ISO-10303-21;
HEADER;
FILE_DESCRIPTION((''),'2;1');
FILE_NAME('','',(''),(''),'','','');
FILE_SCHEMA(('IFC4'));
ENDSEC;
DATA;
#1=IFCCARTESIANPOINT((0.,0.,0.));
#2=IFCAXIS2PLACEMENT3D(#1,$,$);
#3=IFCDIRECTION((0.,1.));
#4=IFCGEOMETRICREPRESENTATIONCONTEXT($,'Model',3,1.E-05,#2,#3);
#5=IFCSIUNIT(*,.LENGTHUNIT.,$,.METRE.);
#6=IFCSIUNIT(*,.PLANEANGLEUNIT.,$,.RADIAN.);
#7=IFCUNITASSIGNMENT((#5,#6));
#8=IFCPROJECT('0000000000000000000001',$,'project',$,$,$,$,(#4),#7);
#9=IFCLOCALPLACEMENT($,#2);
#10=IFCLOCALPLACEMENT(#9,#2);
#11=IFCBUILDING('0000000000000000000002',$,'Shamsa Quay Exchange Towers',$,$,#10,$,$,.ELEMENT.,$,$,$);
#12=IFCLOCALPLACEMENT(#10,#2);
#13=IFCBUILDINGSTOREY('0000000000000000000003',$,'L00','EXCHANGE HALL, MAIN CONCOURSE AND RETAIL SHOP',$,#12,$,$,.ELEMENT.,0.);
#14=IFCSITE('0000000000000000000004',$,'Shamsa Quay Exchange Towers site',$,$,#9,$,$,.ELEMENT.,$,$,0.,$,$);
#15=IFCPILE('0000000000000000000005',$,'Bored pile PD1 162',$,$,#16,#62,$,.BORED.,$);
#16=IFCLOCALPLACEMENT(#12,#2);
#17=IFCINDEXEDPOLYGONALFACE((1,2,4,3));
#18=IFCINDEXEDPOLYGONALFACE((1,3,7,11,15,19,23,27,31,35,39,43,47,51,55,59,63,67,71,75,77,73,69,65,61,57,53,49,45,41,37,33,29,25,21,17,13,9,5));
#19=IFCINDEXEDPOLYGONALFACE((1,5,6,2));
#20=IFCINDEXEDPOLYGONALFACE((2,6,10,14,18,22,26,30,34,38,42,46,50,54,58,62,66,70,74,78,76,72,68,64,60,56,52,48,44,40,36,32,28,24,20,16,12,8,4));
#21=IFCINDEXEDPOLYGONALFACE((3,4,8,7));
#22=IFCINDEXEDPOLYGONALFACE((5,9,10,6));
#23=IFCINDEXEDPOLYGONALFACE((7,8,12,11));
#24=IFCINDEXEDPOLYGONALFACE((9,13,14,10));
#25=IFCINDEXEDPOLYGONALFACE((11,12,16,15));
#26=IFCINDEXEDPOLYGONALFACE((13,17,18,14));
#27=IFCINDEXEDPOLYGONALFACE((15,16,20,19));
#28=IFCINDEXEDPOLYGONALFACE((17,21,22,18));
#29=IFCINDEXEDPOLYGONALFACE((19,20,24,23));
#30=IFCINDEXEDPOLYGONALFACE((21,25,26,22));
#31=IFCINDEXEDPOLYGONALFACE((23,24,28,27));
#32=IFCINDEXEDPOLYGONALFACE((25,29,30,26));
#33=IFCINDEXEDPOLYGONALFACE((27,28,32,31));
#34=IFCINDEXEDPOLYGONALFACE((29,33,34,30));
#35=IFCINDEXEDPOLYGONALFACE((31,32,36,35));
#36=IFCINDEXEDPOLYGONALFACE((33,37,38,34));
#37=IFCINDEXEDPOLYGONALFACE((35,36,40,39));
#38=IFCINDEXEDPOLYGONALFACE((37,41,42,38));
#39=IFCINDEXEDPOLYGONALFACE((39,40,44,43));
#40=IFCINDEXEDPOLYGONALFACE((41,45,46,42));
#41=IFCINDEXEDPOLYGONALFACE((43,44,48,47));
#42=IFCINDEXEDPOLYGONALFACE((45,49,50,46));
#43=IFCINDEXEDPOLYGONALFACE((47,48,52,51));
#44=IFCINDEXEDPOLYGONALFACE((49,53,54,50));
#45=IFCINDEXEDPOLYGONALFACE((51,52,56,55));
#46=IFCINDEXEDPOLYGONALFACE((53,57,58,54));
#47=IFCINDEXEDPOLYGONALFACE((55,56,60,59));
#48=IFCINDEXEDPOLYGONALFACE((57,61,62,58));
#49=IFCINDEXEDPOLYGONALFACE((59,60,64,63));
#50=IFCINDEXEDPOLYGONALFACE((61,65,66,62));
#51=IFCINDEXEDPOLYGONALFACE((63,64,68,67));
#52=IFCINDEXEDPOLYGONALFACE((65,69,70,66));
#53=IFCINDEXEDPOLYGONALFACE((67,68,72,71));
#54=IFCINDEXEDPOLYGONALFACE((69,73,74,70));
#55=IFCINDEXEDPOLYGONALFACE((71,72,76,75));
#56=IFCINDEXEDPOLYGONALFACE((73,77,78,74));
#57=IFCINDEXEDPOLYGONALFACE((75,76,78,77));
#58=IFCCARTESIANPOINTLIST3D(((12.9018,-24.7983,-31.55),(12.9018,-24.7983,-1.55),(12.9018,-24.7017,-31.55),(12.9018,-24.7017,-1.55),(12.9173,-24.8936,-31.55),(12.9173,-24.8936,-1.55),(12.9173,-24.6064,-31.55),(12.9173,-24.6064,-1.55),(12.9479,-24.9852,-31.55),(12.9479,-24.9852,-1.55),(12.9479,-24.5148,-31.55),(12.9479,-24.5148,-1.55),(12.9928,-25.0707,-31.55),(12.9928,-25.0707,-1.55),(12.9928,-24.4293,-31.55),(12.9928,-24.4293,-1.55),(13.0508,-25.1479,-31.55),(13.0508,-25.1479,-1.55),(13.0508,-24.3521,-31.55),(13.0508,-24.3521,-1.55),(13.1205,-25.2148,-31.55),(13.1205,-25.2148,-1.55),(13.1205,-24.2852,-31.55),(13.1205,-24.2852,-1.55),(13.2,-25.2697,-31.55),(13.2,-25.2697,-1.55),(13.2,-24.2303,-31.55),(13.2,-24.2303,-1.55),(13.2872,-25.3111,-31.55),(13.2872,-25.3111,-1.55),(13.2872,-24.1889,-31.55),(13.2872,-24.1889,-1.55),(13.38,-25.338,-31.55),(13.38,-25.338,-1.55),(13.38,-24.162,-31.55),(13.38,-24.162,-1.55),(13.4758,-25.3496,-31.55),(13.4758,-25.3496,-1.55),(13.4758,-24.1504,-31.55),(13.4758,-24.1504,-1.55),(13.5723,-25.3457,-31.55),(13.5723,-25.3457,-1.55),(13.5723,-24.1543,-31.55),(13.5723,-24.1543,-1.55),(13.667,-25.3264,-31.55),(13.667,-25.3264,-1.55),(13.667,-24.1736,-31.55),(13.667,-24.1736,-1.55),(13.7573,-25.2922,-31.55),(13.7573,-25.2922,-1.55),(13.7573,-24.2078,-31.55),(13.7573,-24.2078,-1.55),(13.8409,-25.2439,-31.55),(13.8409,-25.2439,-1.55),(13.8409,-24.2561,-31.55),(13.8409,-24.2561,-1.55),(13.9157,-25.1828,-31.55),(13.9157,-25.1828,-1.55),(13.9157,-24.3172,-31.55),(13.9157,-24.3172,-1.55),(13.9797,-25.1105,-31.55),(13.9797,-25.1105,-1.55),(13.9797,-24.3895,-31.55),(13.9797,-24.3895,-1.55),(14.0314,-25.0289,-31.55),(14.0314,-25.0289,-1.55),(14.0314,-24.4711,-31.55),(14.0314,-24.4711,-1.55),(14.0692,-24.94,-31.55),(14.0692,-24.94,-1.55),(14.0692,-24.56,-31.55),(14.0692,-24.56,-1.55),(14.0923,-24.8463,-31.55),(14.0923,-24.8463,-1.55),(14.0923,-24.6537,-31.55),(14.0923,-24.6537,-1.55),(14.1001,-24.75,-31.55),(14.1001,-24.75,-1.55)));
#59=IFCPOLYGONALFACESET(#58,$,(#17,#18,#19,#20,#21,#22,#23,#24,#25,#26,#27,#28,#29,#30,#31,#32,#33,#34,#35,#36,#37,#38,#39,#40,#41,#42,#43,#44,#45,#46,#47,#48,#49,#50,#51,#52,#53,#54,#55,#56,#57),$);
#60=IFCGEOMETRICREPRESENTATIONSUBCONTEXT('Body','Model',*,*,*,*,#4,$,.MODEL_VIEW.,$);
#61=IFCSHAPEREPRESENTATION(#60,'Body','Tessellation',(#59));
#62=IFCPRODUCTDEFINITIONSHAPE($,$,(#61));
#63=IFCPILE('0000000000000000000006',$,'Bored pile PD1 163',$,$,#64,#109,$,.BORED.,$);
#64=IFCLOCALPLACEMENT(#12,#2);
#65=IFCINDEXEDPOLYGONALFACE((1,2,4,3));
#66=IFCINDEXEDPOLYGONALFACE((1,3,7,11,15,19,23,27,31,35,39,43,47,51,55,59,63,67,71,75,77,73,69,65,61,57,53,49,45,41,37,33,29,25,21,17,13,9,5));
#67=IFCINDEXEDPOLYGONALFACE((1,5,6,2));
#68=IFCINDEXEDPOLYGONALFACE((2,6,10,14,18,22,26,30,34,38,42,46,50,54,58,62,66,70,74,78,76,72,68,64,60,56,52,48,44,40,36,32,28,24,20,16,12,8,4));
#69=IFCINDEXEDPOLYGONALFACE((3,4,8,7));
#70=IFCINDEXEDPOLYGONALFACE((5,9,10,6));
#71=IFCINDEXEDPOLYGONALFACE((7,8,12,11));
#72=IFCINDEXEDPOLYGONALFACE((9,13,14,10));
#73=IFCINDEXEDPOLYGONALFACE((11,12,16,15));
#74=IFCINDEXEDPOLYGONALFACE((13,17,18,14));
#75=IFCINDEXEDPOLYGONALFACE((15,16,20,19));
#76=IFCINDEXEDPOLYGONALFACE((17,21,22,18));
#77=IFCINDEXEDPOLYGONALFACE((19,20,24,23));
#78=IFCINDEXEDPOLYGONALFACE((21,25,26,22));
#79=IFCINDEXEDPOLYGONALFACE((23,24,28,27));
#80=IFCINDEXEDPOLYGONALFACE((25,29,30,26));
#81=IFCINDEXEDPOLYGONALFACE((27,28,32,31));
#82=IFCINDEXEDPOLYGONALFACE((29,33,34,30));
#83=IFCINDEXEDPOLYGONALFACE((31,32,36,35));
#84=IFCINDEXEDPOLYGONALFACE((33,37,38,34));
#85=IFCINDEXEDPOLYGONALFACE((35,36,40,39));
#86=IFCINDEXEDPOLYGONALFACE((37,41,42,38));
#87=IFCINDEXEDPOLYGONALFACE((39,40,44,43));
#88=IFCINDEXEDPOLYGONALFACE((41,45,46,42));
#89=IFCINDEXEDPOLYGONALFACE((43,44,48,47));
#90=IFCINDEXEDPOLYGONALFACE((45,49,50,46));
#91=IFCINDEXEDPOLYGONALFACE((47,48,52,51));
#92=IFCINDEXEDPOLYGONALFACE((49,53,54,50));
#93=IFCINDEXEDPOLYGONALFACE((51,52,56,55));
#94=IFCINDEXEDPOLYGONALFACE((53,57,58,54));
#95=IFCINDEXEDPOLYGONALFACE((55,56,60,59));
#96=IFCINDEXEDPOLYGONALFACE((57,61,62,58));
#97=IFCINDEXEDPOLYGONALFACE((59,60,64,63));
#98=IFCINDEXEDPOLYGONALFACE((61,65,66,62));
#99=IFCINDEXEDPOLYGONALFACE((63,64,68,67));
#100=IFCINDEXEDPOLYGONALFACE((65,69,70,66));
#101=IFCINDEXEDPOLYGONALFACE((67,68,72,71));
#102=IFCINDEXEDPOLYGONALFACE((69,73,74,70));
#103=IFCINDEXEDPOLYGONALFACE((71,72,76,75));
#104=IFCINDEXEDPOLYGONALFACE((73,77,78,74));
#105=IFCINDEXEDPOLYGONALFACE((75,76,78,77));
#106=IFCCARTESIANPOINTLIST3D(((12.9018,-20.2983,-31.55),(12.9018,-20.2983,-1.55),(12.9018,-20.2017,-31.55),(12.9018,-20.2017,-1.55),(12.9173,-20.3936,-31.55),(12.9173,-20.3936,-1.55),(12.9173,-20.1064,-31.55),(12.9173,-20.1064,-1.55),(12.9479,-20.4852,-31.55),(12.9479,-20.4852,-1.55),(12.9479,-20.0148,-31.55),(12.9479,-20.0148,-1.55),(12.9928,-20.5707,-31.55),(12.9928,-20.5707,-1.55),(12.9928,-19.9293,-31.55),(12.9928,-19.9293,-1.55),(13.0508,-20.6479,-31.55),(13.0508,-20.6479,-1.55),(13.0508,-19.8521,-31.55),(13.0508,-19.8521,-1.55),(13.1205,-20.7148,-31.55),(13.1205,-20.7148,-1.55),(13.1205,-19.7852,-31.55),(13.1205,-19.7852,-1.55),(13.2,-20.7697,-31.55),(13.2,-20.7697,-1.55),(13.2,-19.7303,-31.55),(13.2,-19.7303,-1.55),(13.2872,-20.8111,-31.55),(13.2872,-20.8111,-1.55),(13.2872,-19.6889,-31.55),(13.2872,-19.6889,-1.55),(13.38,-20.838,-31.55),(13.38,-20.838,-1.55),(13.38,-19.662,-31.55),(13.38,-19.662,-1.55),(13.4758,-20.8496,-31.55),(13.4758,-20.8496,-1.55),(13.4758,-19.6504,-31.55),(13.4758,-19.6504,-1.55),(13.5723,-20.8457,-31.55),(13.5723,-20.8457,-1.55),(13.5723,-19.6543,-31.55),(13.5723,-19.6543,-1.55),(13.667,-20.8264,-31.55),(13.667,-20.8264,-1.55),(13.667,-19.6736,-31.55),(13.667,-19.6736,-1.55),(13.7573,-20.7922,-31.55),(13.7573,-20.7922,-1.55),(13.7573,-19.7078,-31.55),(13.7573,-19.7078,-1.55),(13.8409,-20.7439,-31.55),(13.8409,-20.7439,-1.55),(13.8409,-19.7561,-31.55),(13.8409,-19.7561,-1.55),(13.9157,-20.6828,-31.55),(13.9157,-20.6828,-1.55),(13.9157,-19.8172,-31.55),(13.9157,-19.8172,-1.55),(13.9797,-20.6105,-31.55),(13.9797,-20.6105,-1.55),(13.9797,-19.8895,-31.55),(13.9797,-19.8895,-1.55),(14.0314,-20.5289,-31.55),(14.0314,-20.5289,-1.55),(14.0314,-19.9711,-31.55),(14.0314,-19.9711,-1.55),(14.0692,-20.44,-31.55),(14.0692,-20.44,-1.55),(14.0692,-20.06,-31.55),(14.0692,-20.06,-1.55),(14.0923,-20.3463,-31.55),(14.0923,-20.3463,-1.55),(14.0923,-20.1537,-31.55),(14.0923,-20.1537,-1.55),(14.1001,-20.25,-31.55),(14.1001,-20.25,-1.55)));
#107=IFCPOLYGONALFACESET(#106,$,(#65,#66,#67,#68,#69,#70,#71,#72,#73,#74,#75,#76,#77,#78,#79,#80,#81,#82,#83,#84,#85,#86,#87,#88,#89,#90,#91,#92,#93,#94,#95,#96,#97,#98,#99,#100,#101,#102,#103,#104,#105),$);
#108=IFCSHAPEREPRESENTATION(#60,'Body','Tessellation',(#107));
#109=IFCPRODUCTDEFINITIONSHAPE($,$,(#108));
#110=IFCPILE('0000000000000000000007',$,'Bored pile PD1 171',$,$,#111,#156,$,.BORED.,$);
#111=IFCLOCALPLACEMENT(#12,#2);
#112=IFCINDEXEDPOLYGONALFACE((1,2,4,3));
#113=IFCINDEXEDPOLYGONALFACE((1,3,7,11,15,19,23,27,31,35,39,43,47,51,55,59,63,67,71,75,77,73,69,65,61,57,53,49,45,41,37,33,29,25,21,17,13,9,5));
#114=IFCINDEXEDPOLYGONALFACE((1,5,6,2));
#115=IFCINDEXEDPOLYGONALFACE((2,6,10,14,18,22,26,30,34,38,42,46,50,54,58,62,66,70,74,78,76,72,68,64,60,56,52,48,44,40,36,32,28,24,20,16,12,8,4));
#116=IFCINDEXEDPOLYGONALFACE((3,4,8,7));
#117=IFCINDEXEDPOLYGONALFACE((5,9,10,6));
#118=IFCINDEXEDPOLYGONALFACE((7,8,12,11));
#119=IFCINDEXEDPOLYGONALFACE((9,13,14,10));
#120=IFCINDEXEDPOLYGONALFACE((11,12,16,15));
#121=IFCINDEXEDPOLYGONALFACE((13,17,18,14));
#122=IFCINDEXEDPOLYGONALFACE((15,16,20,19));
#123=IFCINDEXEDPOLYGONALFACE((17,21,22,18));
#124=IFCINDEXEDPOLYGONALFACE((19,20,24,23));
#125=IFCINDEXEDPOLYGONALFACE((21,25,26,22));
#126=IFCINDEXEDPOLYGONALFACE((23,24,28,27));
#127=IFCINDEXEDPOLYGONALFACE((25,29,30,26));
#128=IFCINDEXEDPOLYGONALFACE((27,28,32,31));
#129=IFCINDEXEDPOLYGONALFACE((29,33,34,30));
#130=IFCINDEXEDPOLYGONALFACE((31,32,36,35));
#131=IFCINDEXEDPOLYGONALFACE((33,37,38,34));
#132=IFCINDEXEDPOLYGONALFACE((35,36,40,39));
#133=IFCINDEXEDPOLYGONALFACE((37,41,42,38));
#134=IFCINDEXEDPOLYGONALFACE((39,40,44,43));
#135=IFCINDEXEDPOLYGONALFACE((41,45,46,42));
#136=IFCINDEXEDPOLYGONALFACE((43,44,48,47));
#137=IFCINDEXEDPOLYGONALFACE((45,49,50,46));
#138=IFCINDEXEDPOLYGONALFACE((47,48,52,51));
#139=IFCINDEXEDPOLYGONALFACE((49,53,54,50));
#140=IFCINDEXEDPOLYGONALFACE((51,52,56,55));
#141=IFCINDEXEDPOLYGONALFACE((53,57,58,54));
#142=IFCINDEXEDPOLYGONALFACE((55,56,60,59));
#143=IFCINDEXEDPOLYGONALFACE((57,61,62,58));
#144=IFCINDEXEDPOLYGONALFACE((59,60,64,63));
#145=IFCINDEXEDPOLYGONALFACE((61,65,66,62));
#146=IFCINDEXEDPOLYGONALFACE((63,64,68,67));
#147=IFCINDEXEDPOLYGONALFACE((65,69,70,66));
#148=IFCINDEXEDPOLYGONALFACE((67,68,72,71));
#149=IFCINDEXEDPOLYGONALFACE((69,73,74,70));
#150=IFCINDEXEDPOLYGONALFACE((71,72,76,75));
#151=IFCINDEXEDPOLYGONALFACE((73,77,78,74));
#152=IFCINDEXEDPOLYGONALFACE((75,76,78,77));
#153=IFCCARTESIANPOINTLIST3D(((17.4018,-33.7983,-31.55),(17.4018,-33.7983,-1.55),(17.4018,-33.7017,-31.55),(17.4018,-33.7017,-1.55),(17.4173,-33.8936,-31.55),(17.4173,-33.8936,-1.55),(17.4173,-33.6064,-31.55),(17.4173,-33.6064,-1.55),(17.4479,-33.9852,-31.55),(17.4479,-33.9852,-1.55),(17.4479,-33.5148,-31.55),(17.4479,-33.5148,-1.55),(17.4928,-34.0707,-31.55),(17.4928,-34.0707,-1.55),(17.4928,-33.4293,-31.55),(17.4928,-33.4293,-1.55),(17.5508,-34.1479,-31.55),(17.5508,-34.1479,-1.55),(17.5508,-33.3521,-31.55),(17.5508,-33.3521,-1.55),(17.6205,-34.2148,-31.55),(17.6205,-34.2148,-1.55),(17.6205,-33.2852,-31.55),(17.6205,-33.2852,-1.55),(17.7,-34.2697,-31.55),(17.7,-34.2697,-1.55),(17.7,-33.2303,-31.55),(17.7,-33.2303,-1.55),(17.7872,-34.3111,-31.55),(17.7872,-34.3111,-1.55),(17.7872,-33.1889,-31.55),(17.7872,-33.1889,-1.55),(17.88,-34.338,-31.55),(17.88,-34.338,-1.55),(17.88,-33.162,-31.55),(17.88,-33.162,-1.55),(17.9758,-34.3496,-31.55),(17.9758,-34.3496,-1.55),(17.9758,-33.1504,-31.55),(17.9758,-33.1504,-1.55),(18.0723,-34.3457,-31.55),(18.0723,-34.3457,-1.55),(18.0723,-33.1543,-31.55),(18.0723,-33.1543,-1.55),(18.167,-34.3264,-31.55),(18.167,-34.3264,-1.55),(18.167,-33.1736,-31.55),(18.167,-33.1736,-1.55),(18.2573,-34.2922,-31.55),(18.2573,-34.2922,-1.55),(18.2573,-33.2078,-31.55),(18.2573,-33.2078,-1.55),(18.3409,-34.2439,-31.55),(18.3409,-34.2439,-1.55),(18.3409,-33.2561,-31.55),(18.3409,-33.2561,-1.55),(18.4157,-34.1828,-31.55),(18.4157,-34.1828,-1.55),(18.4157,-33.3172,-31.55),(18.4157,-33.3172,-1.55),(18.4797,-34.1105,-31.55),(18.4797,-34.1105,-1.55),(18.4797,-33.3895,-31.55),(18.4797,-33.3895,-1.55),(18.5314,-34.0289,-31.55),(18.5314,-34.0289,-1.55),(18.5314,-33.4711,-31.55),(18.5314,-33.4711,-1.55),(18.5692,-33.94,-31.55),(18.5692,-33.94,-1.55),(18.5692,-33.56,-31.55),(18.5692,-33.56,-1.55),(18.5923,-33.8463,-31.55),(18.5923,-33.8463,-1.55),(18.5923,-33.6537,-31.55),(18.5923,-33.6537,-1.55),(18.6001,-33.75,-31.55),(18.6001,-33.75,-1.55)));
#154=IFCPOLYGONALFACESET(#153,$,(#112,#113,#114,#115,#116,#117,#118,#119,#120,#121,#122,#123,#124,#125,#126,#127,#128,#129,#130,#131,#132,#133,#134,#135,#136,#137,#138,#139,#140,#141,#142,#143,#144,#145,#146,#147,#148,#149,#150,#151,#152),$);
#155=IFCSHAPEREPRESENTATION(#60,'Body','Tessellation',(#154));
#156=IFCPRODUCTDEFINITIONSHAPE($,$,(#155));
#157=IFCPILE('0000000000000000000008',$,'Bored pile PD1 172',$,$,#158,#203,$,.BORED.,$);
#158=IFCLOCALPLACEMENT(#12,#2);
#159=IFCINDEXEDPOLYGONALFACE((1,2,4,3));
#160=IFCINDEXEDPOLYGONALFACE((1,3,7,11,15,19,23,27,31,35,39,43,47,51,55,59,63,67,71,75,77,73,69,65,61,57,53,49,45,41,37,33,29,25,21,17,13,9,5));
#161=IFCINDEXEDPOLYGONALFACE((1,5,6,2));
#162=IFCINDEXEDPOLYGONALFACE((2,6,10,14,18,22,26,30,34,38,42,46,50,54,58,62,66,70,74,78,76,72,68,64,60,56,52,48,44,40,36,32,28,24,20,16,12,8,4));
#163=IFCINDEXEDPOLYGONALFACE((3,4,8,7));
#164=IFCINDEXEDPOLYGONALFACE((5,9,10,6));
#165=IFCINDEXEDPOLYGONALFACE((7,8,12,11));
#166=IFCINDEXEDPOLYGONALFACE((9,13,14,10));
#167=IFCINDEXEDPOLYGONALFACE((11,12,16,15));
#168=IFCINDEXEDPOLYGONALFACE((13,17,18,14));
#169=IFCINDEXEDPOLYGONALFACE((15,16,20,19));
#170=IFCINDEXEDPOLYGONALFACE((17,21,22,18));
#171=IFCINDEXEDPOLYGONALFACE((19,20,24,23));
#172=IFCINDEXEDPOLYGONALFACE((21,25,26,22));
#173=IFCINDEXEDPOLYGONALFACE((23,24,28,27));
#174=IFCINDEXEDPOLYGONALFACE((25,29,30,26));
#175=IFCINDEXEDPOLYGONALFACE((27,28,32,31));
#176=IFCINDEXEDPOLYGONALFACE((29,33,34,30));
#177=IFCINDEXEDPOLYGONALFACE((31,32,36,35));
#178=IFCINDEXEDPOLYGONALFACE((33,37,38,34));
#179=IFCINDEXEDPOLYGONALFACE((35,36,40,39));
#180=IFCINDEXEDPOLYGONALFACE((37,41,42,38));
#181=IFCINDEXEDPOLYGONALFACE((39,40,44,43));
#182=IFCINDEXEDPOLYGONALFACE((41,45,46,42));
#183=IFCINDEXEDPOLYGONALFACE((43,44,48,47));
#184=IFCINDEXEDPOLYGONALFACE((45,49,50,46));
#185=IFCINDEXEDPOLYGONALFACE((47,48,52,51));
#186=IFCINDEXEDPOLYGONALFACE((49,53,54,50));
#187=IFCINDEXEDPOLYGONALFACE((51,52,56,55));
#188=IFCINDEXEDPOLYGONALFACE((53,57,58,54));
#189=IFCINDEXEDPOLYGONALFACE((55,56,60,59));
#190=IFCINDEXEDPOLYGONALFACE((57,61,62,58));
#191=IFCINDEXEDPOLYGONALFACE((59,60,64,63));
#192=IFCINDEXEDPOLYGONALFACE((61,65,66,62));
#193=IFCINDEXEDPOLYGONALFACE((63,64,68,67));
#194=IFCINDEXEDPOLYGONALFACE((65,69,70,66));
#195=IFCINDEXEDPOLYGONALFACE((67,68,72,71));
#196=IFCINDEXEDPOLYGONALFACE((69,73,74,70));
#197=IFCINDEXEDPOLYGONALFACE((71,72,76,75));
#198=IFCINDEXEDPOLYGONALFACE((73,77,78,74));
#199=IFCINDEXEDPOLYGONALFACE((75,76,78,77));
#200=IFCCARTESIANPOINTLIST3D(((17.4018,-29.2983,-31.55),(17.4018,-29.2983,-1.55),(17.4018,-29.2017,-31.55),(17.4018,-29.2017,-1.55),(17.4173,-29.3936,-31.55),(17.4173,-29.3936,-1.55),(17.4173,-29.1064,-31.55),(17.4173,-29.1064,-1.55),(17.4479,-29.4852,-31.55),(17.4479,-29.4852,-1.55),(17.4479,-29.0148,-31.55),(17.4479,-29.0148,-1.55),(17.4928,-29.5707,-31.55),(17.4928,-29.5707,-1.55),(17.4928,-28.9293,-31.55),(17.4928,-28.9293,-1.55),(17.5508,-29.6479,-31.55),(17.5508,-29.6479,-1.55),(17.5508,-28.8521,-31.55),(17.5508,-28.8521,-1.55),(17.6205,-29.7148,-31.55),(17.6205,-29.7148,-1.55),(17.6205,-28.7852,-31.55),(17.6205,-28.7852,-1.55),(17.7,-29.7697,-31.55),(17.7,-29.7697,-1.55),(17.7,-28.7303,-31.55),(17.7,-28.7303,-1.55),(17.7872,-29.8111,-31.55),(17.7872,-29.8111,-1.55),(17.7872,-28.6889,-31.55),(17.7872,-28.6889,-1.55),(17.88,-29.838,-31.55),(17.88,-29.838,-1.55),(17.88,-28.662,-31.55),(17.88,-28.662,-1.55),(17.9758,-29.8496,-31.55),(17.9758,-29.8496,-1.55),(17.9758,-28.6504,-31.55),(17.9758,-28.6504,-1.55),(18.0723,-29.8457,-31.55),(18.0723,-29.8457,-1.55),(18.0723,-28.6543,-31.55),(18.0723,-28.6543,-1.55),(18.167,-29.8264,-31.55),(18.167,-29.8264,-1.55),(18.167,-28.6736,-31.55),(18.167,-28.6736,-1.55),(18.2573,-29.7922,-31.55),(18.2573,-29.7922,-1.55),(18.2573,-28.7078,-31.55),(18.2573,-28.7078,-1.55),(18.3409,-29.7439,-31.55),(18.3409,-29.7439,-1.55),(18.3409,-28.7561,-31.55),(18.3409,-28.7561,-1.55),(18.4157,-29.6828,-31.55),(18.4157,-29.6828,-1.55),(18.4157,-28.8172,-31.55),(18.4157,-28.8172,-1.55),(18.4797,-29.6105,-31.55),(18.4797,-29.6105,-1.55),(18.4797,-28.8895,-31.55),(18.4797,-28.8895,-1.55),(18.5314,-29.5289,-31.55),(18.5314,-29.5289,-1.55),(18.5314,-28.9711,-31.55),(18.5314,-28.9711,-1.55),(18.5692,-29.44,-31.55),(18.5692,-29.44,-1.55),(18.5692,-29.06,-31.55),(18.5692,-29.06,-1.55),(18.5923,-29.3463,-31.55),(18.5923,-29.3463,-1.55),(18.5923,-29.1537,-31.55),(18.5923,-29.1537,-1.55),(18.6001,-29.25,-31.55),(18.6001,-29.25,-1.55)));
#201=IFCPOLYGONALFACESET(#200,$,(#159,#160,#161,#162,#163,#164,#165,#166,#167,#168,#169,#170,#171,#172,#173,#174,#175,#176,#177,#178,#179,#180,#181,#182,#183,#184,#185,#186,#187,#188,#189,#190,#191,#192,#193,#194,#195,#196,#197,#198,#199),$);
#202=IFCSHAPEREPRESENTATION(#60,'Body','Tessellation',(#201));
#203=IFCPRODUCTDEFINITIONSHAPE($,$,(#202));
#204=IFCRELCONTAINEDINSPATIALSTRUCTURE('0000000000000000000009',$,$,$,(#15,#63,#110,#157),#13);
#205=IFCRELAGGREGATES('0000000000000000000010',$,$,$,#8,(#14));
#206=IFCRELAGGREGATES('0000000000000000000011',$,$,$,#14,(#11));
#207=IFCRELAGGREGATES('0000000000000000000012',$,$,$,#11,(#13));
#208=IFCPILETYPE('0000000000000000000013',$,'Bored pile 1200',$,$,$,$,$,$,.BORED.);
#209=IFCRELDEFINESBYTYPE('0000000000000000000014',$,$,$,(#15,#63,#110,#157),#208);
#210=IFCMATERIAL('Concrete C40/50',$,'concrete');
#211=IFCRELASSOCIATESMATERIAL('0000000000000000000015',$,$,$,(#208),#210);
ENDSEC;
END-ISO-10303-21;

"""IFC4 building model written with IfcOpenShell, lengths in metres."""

from ifc_helpers import new_model, si_unit, direction, frame, origin, origin_2d, place, context, subcontext, project, spatial, circle, extrude, material, material_profile, profile_set, type_object, element, save


model = new_model("IFC4")

# Units and contexts
model_context = context("Model", 3, precision=1e-05, world=origin(), true_north=direction((0.0, 1.0)))
body_context = subcontext(model_context, "Body", "Model", "MODEL_VIEW")
ifc_project = project(units=[si_unit("LENGTHUNIT", "METRE"), si_unit("PLANEANGLEUNIT", "RADIAN")], contexts=[model_context])

# Site, building, storey
site_placement = place(None, origin())
site = spatial("IfcSite", under=ifc_project, at=site_placement, Name="Shamsa Quay Exchange Towers site", CompositionType="ELEMENT", RefElevation=0.0)
building_placement = place(site_placement, origin())
building = spatial("IfcBuilding", under=site, at=building_placement, Name="Shamsa Quay Exchange Towers", CompositionType="ELEMENT")
storey_placement = place(building_placement, origin())
storey = spatial("IfcBuildingStorey", under=building, at=storey_placement, Name="L00", Description="EXCHANGE HALL, MAIN CONCOURSE AND RETAIL SHOP", CompositionType="ELEMENT", Elevation=0.0)

# Piles
ifc_material_1 = material(Name="Concrete C40/50", Category="concrete")
ifc_material_profile_1 = material_profile(ifc_material_1, circle(Radius=0.6001, at=origin_2d()), Name="BP1200")
ifc_profile_set_1 = profile_set([ifc_material_profile_1], Name="Concrete C40/50")
pile_type = type_object("IfcPileType", Name="Bored pile 1200", PredefinedType="BORED", material=ifc_profile_set_1)
for number, where, z_axis, x_axis, name in (
    (1, (13.5, -24.75, -1.55), (0.0, 0.0, -1.0), (1.0, 0.0, 0.0), "Bored pile PD1 162"),
    (2, (13.5, -20.25, -1.55), (0.0, 0.0, -1.0), (1.0, 0.0, 0.0), "Bored pile PD1 163"),
    (3, (18.0, -33.75, -1.55), (0.0, 0.0, -1.0), (1.0, 0.0, 0.0), "Bored pile PD1 171"),
    (4, (18.0, -29.25, -1.55), (0.0, 0.0, -1.0), (1.0, 0.0, 0.0), "Bored pile PD1 172"),
):
    element("IfcPile", number, at=place(storey_placement, frame(where, z_axis=z_axis, x_axis=x_axis)), inside=storey, type_object=pile_type, Name=name, PredefinedType="BORED", context=body_context, shape_type="SweptSolid", body=[
        extrude(circle(Radius=0.6001, at=origin_2d()), origin(), (0.0, 0.0, 1.0), 30.0),
    ])

save(model, "model.ifc")
